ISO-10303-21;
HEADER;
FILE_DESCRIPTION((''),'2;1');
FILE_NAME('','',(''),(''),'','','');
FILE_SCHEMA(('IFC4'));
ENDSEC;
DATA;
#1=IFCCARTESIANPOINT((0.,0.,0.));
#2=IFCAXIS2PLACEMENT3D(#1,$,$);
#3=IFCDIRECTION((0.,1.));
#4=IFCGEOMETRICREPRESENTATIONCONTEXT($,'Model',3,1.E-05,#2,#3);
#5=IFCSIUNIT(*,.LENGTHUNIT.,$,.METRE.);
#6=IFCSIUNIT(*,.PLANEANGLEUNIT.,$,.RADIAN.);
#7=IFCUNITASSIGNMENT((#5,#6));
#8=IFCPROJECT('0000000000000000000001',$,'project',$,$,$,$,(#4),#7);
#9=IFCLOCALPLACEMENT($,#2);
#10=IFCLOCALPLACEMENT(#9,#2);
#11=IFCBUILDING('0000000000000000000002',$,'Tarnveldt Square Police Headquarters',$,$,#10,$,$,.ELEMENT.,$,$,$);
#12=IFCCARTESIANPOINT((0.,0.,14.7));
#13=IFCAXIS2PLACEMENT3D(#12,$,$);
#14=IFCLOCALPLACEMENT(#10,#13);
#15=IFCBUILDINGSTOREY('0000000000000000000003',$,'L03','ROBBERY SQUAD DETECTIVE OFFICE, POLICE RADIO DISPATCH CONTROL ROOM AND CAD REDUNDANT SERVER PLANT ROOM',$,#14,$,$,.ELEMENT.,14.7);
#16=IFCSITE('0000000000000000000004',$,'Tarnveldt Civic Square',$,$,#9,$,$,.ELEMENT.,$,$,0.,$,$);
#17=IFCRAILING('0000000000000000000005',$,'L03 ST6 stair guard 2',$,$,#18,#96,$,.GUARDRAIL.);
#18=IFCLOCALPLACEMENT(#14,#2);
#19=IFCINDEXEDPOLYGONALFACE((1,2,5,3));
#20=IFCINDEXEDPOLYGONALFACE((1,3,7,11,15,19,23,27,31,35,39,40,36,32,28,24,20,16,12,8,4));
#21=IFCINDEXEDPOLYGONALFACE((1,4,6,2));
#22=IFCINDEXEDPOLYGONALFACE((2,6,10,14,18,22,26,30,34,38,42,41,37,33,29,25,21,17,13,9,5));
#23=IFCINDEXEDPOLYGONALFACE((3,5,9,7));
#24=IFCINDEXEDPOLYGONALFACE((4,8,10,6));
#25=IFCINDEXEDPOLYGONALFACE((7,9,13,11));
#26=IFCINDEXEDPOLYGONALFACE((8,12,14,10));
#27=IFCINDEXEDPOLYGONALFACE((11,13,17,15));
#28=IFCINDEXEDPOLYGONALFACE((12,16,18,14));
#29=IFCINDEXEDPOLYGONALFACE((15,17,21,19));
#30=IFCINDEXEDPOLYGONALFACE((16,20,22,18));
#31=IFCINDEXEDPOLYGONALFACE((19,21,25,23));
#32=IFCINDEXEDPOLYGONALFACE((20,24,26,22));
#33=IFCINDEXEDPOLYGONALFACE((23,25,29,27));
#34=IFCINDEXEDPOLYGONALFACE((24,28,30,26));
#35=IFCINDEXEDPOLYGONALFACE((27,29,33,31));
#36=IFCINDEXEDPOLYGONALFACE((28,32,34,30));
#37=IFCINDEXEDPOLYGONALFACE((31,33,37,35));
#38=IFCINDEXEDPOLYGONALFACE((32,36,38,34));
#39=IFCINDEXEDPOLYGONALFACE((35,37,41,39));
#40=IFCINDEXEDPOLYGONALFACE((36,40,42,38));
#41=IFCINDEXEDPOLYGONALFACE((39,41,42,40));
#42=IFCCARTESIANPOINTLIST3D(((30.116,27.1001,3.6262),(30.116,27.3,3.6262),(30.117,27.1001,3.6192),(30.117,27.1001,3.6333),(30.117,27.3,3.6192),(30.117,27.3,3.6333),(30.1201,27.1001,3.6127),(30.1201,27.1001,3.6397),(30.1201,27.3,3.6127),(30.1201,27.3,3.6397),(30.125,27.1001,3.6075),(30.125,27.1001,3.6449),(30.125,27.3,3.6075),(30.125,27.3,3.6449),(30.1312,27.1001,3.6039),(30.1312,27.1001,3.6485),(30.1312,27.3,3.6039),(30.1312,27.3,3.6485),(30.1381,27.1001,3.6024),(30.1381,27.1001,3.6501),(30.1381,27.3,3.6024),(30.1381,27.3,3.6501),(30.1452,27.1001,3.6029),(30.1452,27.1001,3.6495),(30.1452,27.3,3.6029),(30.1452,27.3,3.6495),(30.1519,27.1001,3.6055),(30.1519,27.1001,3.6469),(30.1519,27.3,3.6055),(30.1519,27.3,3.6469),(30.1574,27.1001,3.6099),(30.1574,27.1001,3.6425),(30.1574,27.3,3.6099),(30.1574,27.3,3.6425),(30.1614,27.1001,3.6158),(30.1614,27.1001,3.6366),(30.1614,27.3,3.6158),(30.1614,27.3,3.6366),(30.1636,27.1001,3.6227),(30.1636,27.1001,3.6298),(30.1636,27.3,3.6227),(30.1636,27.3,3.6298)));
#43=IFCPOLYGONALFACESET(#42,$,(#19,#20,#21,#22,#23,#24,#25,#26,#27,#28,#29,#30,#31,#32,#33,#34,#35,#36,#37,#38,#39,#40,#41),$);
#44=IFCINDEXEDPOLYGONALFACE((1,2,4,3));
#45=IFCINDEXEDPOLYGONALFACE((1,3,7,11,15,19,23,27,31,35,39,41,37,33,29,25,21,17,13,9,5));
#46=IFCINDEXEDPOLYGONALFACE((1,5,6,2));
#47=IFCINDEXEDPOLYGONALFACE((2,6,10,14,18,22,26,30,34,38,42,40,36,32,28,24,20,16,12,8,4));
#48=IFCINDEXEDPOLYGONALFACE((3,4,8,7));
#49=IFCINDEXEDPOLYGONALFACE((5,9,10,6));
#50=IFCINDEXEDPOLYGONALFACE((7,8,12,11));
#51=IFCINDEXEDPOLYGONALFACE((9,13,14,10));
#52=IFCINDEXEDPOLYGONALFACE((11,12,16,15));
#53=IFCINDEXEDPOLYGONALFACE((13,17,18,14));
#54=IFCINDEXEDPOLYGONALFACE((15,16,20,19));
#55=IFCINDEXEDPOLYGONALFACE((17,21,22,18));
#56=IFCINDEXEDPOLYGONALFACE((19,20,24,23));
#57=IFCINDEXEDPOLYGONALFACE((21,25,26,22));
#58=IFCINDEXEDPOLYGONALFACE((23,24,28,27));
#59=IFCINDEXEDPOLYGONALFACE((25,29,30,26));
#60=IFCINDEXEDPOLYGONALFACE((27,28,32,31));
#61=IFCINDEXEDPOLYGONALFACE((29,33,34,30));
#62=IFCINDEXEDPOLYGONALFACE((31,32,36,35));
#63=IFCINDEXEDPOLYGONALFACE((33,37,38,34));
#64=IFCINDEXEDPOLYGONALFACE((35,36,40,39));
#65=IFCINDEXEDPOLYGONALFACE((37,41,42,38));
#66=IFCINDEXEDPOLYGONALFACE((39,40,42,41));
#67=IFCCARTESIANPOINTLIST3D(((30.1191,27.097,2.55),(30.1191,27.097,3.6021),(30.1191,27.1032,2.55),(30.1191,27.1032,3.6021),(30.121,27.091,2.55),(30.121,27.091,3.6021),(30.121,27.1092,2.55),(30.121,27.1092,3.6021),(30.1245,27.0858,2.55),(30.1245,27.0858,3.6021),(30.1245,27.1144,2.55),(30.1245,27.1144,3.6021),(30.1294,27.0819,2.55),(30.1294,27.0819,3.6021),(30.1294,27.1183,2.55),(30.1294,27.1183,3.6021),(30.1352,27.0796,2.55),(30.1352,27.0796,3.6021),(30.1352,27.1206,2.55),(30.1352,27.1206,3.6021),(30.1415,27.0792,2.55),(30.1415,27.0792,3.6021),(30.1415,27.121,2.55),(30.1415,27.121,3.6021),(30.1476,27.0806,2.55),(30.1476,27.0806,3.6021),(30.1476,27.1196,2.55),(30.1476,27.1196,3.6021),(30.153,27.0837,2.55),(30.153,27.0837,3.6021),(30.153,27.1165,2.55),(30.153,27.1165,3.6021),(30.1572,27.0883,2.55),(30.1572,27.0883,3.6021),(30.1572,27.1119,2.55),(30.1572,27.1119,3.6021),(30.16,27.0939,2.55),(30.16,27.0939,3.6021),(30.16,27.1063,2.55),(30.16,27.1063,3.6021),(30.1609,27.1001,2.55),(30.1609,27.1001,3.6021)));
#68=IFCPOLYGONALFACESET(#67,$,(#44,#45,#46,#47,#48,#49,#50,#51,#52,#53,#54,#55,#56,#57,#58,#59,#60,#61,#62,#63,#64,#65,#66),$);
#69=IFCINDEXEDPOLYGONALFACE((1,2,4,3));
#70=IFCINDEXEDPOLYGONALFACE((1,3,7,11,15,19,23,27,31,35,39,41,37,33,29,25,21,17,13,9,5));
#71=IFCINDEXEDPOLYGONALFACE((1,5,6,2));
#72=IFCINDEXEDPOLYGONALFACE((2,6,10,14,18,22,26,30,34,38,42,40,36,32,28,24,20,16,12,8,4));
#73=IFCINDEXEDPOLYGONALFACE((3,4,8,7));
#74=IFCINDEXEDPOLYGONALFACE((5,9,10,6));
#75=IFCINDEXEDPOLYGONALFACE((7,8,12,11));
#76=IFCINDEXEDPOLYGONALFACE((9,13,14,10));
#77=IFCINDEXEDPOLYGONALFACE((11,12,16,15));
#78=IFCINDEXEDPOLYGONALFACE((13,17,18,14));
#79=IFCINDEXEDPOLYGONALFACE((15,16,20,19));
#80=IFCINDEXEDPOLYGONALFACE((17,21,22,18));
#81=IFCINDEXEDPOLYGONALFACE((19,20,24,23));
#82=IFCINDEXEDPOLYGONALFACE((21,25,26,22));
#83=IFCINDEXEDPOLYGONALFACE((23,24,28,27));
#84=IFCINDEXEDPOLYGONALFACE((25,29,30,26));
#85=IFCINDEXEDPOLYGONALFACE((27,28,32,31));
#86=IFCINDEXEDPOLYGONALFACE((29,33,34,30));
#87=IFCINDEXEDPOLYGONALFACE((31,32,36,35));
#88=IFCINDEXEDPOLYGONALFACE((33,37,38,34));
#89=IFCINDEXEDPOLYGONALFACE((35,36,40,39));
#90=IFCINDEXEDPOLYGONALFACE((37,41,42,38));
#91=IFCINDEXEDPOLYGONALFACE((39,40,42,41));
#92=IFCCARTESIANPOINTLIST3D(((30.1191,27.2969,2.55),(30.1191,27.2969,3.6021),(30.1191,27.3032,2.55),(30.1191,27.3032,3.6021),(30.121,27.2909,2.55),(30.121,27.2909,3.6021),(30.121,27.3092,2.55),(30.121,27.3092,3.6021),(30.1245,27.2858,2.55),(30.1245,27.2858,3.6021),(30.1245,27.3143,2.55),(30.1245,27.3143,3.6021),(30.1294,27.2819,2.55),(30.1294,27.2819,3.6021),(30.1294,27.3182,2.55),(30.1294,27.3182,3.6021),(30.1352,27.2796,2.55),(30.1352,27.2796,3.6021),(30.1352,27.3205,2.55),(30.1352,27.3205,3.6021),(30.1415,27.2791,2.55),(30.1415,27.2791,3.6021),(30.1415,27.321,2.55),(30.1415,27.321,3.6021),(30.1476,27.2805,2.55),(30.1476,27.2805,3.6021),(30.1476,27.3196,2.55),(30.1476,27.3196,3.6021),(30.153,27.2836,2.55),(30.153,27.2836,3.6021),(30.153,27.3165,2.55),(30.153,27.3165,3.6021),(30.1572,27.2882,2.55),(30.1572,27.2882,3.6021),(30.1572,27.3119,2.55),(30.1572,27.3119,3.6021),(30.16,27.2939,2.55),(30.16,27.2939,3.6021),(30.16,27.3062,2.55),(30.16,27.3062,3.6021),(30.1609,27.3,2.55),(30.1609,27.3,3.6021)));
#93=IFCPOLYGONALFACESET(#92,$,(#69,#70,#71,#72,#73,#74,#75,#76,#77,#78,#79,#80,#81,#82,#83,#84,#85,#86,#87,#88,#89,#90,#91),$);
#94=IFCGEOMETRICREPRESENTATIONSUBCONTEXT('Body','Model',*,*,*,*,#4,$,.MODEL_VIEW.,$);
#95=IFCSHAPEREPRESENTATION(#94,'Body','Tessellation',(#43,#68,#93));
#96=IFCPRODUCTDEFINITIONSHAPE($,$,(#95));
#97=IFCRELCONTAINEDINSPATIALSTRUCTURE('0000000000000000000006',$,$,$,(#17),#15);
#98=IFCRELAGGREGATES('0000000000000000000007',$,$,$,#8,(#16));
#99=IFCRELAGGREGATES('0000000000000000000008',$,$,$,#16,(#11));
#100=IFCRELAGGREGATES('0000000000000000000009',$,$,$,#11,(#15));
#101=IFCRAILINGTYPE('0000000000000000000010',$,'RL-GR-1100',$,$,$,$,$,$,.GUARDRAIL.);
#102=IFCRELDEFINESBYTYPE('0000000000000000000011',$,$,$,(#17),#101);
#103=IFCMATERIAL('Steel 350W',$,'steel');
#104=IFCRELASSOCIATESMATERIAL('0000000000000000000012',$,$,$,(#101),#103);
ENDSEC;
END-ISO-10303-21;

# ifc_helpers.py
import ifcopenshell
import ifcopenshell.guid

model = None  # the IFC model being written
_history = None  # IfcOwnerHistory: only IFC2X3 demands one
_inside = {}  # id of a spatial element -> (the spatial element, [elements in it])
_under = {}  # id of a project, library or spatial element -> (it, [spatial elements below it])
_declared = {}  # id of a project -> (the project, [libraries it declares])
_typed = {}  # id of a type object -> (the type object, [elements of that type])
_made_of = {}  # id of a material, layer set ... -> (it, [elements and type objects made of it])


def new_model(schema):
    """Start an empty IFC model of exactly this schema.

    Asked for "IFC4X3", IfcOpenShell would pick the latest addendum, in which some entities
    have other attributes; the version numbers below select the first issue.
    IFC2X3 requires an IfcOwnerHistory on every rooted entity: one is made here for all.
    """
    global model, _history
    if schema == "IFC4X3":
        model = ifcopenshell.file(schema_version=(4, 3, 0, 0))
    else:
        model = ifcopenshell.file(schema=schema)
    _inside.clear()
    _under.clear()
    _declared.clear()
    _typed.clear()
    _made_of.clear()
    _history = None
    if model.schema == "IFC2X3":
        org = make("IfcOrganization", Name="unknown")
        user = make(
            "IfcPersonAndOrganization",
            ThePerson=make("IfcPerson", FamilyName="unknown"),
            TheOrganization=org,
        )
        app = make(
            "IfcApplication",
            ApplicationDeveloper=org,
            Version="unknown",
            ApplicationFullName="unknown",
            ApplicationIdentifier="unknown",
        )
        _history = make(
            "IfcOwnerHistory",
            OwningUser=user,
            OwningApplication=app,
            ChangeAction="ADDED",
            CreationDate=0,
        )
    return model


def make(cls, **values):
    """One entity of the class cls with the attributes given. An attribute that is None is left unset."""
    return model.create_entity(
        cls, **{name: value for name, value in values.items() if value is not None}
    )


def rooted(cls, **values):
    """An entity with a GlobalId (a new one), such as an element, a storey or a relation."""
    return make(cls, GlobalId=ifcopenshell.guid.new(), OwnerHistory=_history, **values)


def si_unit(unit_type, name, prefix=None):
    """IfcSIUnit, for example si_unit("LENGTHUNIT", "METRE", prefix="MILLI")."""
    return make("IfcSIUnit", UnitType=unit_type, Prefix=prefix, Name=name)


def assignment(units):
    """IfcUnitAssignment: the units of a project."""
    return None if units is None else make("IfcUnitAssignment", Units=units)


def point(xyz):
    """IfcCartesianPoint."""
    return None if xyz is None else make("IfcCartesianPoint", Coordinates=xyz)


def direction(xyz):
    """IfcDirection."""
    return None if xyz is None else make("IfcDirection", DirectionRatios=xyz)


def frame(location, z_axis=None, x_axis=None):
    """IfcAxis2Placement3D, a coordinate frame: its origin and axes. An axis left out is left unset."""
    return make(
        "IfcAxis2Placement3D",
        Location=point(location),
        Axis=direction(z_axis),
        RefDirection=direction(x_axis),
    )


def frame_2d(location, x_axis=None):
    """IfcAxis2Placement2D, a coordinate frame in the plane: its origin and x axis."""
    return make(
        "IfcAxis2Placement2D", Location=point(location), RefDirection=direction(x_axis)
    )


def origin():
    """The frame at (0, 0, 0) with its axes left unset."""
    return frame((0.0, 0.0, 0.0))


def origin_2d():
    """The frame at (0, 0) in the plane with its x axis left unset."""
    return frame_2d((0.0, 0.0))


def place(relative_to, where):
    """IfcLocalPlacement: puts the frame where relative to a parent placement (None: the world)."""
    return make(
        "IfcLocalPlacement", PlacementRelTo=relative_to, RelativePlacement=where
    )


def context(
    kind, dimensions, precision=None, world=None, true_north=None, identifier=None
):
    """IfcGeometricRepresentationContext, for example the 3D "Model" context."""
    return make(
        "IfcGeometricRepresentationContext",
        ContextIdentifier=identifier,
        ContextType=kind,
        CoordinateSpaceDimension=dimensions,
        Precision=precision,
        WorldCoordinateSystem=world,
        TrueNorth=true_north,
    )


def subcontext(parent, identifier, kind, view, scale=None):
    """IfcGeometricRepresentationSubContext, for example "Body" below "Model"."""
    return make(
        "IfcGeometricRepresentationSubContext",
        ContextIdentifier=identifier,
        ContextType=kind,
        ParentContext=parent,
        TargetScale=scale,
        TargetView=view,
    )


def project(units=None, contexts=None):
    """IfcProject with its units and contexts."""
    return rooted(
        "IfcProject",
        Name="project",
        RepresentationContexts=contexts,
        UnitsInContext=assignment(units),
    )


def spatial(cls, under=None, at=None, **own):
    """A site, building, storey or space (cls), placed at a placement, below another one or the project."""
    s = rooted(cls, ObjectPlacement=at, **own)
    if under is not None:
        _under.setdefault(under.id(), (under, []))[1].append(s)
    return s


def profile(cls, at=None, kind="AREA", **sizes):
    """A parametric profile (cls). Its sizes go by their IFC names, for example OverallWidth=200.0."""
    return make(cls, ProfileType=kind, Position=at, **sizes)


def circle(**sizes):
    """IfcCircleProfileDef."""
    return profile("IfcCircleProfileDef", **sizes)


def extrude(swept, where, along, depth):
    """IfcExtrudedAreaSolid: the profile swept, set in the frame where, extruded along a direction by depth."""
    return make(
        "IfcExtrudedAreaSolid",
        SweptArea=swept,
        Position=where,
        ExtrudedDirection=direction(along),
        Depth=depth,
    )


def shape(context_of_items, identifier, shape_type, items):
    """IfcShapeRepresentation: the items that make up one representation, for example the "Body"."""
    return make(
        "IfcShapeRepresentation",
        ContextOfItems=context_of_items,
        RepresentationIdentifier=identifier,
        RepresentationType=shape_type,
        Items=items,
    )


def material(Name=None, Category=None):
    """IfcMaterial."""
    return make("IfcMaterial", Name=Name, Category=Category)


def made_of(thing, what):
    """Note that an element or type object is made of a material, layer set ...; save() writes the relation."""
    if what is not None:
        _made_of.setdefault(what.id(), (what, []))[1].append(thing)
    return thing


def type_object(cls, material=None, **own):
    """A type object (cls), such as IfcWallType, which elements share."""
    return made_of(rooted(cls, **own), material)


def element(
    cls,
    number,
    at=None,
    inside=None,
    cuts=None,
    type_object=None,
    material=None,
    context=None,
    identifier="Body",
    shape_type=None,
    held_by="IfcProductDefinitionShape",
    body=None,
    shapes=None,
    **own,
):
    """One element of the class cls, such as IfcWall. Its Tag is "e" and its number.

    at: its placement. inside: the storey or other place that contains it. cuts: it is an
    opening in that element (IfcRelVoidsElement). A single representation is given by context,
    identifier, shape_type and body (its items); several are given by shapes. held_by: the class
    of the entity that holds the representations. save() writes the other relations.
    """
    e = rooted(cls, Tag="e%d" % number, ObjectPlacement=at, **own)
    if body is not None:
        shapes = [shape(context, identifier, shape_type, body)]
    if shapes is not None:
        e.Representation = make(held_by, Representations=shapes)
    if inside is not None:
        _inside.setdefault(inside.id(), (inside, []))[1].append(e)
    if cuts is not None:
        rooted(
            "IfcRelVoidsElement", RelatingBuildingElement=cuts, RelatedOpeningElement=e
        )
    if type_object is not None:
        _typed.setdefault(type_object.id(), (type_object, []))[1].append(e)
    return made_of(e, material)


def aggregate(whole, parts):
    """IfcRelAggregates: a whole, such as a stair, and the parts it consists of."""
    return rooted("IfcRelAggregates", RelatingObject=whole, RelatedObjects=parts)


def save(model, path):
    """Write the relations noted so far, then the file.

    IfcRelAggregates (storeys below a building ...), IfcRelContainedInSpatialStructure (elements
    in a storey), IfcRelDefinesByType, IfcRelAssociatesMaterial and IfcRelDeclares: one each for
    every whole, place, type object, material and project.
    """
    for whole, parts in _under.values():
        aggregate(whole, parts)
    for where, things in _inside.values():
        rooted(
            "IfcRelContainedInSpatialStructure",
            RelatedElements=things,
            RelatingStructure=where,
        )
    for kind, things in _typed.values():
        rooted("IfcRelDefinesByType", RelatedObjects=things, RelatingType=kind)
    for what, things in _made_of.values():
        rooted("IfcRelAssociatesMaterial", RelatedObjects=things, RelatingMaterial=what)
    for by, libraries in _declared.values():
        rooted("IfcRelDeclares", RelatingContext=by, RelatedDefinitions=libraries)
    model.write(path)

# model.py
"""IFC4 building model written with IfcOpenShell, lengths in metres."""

from ifc_helpers import new_model, si_unit, direction, frame, origin, origin_2d, place, context, subcontext, project, spatial, circle, extrude, material, type_object, element, save


model = new_model("IFC4")

# Units and contexts
model_context = context("Model", 3, precision=1e-05, world=origin(), true_north=direction((0.0, 1.0)))
body_context = subcontext(model_context, "Body", "Model", "MODEL_VIEW")
ifc_project = project(units=[si_unit("LENGTHUNIT", "METRE"), si_unit("PLANEANGLEUNIT", "RADIAN")], contexts=[model_context])

# Site, building, storey
site_placement = place(None, origin())
site = spatial("IfcSite", under=ifc_project, at=site_placement, Name="Tarnveldt Civic Square", CompositionType="ELEMENT", RefElevation=0.0)
building_placement = place(site_placement, origin())
building = spatial("IfcBuilding", under=site, at=building_placement, Name="Tarnveldt Square Police Headquarters", CompositionType="ELEMENT")
storey_placement = place(building_placement, frame((0.0, 0.0, 14.7)))
storey = spatial("IfcBuildingStorey", under=building, at=storey_placement, Name="L03", Description="ROBBERY SQUAD DETECTIVE OFFICE, POLICE RADIO DISPATCH CONTROL ROOM AND CAD REDUNDANT SERVER PLANT ROOM", CompositionType="ELEMENT", Elevation=14.7)

# Shared definitions
ifc_material_1 = material(Name="Steel 350W", Category="steel")

# Railing
railing_type_1 = type_object("IfcRailingType", Name="RL-GR-1100", PredefinedType="GUARDRAIL", material=ifc_material_1)
railing_1_placement = place(storey_placement, frame((30.1399, 27.1001, 2.55)))
element("IfcRailing", 1, at=railing_1_placement, inside=storey, type_object=railing_type_1, Name="L03 ST6 stair guard 2", PredefinedType="GUARDRAIL", context=body_context, shape_type="SweptSolid", body=[
    extrude(circle(Radius=0.0239, at=origin_2d()), frame((0.0, 0.0, 1.0762), z_axis=(0.0, 1.0, 0.0), x_axis=(-1.0, 0.0, 0.0)), (0.0, 0.0, 1.0), 0.2),
    extrude(circle(Radius=0.021, at=origin_2d()), origin(), (0.0, 0.0, 1.0), 1.052),
    extrude(circle(Radius=0.021, at=origin_2d()), frame((0.0, 0.2, 0.0)), (0.0, 0.0, 1.0), 1.052),
])

save(model, "model.ifc")
